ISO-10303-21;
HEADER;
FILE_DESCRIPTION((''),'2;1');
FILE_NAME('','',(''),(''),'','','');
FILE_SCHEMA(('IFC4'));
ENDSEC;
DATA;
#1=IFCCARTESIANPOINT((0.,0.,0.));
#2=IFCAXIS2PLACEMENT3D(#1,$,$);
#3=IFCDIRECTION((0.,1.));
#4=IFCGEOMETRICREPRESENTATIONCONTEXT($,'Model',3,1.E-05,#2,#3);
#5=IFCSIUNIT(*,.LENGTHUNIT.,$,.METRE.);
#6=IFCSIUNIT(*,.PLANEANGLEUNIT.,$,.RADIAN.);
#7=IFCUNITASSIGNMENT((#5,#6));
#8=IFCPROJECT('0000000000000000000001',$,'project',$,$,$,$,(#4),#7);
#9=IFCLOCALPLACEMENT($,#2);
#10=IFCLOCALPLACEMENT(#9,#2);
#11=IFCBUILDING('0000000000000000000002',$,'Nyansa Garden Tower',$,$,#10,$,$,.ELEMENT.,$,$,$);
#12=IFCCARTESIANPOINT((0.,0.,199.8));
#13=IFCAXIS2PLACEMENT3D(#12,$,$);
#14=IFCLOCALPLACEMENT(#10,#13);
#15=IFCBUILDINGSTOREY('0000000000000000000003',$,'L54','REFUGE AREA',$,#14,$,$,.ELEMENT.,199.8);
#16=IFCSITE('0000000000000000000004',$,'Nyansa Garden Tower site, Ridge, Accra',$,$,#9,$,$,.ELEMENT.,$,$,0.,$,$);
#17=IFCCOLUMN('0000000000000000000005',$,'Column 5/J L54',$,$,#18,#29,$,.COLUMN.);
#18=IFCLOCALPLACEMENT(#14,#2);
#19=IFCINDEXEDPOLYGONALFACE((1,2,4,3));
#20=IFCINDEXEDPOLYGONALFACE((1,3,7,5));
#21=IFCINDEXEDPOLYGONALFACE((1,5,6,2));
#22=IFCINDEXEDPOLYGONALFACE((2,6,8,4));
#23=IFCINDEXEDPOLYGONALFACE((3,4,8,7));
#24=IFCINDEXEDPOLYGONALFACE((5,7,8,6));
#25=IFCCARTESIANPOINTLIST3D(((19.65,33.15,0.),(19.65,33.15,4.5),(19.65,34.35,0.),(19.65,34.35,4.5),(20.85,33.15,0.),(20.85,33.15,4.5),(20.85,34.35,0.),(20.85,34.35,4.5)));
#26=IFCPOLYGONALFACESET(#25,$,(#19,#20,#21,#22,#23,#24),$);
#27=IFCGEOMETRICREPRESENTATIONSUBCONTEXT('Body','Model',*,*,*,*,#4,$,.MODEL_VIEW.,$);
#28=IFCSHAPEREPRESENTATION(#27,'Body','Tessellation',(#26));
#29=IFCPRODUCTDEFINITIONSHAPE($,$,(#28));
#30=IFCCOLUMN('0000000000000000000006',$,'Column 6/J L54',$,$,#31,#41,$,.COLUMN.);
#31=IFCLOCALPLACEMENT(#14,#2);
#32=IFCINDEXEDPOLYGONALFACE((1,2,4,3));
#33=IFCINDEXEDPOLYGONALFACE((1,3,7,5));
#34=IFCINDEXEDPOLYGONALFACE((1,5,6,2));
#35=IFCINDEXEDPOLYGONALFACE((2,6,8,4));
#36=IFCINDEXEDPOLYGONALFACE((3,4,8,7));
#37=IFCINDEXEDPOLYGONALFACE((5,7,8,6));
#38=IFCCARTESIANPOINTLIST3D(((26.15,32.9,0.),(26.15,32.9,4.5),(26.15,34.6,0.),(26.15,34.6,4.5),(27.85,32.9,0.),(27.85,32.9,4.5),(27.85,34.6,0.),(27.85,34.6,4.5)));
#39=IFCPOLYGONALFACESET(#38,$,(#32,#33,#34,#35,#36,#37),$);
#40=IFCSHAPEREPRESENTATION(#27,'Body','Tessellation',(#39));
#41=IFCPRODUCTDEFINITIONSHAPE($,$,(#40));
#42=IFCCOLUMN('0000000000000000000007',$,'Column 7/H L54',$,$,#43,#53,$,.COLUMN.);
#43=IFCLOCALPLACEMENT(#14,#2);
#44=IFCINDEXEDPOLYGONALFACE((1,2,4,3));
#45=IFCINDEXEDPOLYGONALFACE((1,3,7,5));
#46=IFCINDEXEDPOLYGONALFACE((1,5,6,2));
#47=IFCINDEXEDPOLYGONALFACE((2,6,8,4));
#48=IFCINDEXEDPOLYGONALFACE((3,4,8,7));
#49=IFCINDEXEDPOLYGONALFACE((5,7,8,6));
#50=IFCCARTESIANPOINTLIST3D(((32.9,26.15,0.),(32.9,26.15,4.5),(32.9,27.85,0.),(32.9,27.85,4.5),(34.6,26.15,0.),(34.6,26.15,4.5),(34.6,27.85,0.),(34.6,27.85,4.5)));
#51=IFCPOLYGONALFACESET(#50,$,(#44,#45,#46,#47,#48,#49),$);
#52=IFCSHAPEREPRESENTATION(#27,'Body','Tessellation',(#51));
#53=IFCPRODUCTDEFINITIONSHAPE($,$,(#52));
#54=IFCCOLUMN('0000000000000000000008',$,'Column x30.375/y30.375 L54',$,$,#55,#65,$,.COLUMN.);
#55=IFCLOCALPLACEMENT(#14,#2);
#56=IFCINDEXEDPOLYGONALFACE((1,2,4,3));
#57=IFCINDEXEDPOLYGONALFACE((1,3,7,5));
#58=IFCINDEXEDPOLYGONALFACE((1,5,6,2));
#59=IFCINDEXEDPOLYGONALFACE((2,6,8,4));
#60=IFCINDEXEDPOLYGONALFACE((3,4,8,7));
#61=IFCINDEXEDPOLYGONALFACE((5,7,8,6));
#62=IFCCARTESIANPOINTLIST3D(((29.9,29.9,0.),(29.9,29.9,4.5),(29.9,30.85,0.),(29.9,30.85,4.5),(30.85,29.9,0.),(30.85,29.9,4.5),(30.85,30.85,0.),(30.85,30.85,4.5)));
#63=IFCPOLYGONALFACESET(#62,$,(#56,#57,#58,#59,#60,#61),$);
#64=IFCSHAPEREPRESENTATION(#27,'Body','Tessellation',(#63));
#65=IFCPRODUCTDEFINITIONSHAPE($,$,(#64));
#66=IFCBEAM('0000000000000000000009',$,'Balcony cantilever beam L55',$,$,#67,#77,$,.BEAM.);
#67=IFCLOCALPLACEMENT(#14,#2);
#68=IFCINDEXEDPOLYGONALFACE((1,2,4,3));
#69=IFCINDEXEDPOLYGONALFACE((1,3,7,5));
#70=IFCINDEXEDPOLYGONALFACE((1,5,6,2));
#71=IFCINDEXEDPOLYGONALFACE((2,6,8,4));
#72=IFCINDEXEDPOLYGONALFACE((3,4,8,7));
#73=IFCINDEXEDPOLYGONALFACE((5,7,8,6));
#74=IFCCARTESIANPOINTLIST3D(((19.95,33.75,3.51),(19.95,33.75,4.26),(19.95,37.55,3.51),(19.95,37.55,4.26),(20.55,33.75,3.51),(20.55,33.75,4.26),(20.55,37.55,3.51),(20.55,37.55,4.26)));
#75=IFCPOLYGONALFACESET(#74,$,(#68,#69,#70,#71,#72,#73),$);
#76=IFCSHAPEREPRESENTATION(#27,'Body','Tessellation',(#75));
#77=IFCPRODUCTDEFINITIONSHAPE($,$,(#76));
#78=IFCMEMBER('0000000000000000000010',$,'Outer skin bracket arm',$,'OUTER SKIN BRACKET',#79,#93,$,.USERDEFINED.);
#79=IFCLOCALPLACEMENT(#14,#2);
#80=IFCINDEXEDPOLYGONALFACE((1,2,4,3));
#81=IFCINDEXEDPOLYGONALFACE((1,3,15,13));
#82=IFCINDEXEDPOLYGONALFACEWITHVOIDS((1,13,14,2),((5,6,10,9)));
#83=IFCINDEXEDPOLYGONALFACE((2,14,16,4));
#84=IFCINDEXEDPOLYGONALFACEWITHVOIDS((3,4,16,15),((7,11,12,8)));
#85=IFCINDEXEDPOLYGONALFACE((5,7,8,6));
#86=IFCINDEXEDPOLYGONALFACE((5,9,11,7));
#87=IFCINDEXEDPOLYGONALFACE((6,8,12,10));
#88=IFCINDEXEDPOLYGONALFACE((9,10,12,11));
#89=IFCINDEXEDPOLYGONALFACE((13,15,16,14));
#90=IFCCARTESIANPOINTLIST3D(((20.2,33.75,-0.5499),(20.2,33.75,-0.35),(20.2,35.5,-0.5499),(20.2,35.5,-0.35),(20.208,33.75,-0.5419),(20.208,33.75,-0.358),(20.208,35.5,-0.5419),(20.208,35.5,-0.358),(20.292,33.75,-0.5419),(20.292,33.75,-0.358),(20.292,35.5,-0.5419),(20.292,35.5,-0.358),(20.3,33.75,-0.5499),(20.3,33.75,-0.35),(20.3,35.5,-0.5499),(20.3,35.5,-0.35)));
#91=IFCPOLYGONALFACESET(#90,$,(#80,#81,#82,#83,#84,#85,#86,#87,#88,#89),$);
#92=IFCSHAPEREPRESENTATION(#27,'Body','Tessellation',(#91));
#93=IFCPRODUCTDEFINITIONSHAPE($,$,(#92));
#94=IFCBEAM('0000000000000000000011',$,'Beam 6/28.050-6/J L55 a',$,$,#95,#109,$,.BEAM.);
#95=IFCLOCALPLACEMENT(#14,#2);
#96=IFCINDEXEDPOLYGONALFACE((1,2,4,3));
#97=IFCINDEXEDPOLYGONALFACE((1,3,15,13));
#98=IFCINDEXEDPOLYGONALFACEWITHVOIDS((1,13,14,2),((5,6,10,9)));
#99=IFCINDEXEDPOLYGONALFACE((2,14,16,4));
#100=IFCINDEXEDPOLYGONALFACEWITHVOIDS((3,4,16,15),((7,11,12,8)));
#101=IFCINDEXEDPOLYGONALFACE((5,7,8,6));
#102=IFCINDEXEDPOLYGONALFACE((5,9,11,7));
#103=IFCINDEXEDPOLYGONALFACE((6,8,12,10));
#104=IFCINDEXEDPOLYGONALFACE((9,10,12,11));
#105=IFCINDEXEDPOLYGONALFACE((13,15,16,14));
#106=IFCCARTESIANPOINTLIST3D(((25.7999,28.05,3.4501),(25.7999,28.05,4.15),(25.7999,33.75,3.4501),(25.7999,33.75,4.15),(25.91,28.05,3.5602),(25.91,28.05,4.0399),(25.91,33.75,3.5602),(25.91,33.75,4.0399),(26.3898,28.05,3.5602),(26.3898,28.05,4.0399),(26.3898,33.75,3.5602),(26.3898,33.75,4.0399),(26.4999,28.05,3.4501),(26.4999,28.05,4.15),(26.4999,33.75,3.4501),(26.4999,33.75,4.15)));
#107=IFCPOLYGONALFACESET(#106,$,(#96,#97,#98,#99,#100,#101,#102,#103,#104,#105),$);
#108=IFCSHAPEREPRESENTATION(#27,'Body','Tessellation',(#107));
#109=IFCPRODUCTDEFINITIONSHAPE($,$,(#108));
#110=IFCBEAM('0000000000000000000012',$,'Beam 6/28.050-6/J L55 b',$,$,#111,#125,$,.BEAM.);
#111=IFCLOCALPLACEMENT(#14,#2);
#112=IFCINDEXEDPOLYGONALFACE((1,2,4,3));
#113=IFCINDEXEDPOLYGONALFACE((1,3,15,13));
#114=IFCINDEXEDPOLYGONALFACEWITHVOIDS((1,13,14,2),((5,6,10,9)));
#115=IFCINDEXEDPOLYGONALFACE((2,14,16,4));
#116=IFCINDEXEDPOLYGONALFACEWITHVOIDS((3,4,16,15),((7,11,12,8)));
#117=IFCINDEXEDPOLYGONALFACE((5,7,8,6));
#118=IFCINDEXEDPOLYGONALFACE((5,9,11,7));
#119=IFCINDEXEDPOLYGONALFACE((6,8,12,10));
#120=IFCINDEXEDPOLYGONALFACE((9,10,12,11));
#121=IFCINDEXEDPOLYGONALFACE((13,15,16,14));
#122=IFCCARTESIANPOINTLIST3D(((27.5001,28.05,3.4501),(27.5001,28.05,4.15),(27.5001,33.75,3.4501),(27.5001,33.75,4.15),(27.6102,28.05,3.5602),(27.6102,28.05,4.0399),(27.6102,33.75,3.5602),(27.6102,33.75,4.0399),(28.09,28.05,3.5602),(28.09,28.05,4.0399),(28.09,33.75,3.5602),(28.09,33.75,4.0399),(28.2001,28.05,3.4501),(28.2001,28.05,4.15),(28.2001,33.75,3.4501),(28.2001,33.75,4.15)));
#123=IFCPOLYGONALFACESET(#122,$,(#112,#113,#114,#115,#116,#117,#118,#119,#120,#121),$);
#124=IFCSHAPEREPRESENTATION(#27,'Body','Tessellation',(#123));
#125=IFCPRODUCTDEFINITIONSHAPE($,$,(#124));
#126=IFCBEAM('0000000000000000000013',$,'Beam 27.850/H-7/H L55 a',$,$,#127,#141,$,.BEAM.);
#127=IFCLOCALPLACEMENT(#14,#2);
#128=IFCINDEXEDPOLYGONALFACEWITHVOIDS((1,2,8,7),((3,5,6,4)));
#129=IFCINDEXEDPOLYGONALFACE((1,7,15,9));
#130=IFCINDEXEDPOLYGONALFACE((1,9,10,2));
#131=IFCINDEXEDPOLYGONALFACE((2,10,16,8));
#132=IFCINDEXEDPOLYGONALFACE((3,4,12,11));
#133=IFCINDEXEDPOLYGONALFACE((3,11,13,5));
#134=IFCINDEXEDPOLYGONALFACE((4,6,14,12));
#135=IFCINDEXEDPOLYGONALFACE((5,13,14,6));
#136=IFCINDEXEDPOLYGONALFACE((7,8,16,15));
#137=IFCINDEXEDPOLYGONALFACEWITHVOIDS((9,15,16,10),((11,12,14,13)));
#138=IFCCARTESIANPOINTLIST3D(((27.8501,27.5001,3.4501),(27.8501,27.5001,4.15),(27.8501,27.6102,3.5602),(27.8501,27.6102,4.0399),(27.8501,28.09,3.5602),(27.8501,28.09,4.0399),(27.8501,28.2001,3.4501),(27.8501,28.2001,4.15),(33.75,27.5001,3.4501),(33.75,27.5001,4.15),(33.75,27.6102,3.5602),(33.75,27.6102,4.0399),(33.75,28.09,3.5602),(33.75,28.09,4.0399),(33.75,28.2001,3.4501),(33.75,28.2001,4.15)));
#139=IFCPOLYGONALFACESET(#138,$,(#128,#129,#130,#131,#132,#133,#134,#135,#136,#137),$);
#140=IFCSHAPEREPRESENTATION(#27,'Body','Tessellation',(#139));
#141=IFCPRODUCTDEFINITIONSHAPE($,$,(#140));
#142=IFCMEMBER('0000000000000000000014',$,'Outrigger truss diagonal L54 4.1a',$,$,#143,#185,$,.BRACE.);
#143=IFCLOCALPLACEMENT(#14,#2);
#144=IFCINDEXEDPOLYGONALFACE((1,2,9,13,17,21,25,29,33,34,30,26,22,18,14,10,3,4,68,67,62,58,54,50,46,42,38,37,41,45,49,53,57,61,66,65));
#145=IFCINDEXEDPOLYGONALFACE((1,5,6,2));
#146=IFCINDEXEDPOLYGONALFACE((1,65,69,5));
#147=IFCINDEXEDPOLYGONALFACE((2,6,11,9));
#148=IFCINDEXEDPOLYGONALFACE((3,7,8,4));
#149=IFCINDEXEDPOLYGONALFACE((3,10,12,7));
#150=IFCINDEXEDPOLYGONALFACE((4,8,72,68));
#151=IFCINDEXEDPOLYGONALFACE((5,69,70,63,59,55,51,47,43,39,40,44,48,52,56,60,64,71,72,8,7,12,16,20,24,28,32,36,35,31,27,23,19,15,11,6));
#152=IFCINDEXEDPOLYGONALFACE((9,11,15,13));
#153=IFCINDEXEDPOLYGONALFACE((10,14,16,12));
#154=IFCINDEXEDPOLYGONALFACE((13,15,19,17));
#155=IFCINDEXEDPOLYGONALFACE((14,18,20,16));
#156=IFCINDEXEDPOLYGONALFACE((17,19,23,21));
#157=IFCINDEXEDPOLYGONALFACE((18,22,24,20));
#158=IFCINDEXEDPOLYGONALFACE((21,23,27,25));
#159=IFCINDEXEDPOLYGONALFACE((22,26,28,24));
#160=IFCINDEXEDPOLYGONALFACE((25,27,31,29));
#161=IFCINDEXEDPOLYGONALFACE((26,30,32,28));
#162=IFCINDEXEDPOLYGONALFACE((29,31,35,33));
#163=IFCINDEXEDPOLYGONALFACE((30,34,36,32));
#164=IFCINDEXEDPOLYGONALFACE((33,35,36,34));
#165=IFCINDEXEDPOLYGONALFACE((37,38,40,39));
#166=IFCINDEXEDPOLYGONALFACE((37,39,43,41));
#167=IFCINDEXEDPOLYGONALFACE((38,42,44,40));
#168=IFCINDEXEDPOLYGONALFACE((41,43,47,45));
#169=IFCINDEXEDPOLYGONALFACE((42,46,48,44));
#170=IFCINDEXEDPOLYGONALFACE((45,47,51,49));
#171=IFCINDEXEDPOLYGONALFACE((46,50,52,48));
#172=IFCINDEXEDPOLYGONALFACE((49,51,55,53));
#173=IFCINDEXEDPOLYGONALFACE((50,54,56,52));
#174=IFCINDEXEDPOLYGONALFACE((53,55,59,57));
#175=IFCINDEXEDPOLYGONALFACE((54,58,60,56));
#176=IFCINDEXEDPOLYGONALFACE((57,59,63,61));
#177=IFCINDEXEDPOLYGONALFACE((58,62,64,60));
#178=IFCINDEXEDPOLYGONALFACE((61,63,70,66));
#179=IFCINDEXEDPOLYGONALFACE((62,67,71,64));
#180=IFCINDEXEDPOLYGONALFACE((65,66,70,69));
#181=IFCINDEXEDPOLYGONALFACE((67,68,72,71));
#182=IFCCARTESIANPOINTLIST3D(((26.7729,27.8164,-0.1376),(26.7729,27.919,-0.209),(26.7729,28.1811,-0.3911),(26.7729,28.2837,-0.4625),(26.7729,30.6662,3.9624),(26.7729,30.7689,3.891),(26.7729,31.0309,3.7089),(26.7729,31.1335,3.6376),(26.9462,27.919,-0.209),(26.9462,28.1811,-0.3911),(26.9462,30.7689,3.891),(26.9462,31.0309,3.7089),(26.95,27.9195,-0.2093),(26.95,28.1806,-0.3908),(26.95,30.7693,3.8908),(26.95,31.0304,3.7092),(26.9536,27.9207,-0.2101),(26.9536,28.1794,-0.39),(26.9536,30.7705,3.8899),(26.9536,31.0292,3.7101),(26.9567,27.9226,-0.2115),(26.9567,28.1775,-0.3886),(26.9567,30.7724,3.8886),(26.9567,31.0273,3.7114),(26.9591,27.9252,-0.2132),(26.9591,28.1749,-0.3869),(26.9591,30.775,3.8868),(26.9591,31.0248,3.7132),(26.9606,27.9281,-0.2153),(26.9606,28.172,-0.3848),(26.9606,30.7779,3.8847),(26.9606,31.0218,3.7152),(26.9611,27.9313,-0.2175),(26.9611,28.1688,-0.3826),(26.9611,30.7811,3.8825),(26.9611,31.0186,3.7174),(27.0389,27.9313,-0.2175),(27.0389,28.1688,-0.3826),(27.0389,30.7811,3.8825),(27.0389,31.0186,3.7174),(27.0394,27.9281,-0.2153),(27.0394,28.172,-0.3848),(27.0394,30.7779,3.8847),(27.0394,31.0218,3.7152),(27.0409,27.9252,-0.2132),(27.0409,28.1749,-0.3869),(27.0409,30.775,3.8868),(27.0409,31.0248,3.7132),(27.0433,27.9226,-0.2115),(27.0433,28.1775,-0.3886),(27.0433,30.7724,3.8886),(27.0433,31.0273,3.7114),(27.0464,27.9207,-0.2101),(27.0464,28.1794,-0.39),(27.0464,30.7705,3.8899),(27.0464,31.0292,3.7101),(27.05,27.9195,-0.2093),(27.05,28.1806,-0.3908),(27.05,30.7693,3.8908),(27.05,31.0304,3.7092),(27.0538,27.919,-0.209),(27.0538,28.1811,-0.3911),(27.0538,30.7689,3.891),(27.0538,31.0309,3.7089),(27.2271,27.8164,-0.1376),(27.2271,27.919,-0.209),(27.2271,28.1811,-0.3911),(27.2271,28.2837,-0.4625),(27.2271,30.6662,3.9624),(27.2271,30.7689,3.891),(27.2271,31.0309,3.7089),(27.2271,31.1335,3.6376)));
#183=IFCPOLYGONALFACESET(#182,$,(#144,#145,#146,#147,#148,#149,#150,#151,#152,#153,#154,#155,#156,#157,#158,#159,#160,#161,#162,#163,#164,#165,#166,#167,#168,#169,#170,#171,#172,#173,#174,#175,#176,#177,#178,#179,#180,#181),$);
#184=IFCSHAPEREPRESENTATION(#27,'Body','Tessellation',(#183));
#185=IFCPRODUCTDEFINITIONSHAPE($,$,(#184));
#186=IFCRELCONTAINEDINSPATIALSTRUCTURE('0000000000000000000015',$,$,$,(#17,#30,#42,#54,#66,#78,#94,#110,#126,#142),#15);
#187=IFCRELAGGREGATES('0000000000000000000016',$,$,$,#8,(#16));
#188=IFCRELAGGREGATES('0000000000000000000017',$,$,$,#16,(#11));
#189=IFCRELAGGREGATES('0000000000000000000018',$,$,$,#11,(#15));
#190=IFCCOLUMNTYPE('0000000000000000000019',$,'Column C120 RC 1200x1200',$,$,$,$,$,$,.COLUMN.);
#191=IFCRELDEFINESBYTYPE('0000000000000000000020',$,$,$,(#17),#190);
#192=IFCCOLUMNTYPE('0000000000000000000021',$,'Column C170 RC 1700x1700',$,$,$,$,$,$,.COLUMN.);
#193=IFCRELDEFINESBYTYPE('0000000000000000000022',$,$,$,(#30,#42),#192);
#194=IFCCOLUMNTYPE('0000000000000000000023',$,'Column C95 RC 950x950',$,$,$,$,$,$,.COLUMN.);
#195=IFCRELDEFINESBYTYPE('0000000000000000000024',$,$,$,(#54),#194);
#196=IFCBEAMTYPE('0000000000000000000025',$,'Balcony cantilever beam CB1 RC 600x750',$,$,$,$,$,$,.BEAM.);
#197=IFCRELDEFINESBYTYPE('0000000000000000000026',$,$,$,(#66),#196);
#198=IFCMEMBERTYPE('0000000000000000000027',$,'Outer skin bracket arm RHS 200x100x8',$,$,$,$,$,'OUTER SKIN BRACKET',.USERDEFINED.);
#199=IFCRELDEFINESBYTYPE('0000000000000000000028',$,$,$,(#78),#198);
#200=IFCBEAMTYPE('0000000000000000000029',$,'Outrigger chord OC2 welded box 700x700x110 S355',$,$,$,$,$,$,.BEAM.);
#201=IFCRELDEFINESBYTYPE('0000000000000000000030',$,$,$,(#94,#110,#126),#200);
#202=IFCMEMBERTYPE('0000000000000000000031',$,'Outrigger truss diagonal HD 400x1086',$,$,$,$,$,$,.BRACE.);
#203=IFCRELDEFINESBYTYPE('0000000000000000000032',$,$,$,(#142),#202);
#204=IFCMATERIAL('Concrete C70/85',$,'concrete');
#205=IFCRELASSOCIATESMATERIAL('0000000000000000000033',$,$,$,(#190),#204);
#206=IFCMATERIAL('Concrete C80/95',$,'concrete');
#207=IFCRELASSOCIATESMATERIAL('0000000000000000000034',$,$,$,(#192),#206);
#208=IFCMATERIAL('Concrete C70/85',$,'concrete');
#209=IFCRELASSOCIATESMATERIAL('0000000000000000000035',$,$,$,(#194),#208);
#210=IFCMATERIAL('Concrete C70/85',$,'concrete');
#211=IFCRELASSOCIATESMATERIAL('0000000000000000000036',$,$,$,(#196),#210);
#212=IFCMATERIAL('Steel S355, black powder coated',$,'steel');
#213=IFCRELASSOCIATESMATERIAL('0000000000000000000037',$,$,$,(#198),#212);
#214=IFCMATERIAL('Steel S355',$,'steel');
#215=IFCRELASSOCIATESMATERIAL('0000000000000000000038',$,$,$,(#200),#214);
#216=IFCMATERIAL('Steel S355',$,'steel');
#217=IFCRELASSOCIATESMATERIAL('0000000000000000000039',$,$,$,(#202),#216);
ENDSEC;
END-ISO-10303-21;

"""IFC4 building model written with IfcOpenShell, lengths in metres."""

from ifc_helpers import new_model, si_unit, direction, frame, origin, origin_2d, place, context, subcontext, project, spatial, rectangle, hollow_rectangle, i_section, extrude, material, material_profile, profile_set, type_object, element, save


model = new_model("IFC4")

# Units and contexts
model_context = context("Model", 3, precision=1e-05, world=origin(), true_north=direction((0.0, 1.0)))
body_context = subcontext(model_context, "Body", "Model", "MODEL_VIEW")
ifc_project = project(units=[si_unit("LENGTHUNIT", "METRE"), si_unit("PLANEANGLEUNIT", "RADIAN")], contexts=[model_context])

# Site, building, storey
site_placement = place(None, origin())
site = spatial("IfcSite", under=ifc_project, at=site_placement, Name="Nyansa Garden Tower site, Ridge, Accra", CompositionType="ELEMENT", RefElevation=0.0)
building_placement = place(site_placement, origin())
building = spatial("IfcBuilding", under=site, at=building_placement, Name="Nyansa Garden Tower", CompositionType="ELEMENT")
storey_placement = place(building_placement, frame((0.0, 0.0, 199.8)))
storey = spatial("IfcBuildingStorey", under=building, at=storey_placement, Name="L54", Description="REFUGE AREA", CompositionType="ELEMENT", Elevation=199.8)

# Columns
ifc_material_1 = material(Name="Concrete C70/85", Category="concrete")
ifc_material_profile_1 = material_profile(ifc_material_1, rectangle(XDim=1.2, YDim=1.2, at=origin_2d()), Name="RC 1200x1200")
ifc_profile_set_1 = profile_set([ifc_material_profile_1], Name="Concrete C70/85")
column_type_1 = type_object("IfcColumnType", Name="Column C120 RC 1200x1200", PredefinedType="COLUMN", material=ifc_profile_set_1)
column_1_placement = place(storey_placement, frame((20.25, 33.75, 0.0), z_axis=(0.0, 0.0, 1.0), x_axis=(1.0, 0.0, 0.0)))
element("IfcColumn", 1, at=column_1_placement, inside=storey, type_object=column_type_1, Name="Column 5/J L54", PredefinedType="COLUMN", context=body_context, shape_type="SweptSolid", body=[
    extrude(rectangle(XDim=1.2, YDim=1.2, at=origin_2d()), origin(), (0.0, 0.0, 1.0), 4.5),
])
ifc_material_2 = material(Name="Concrete C80/95", Category="concrete")
ifc_material_profile_2 = material_profile(ifc_material_2, rectangle(XDim=1.7, YDim=1.7, at=origin_2d()), Name="RC 1700x1700")
ifc_profile_set_2 = profile_set([ifc_material_profile_2], Name="Concrete C80/95")
column_type_2 = type_object("IfcColumnType", Name="Column C170 RC 1700x1700", PredefinedType="COLUMN", material=ifc_profile_set_2)
for number, where, z_axis, x_axis, name in (
    (2, (27.0, 33.75, 0.0), (0.0, 0.0, 1.0), (1.0, 0.0, 0.0), "Column 6/J L54"),
    (3, (33.75, 27.0, 0.0), (0.0, 0.0, 1.0), (1.0, 0.0, 0.0), "Column 7/H L54"),
):
    element("IfcColumn", number, at=place(storey_placement, frame(where, z_axis=z_axis, x_axis=x_axis)), inside=storey, type_object=column_type_2, Name=name, PredefinedType="COLUMN", context=body_context, shape_type="SweptSolid", body=[
        extrude(rectangle(XDim=1.7, YDim=1.7, at=origin_2d()), origin(), (0.0, 0.0, 1.0), 4.5),
    ])
ifc_material_3 = material(Name="Concrete C70/85", Category="concrete")
ifc_material_profile_3 = material_profile(ifc_material_3, rectangle(XDim=0.95, YDim=0.95, at=origin_2d()), Name="RC 950x950")
ifc_profile_set_3 = profile_set([ifc_material_profile_3], Name="Concrete C70/85")
column_type_3 = type_object("IfcColumnType", Name="Column C95 RC 950x950", PredefinedType="COLUMN", material=ifc_profile_set_3)
column_2_placement = place(storey_placement, frame((30.375, 30.375, 0.0), z_axis=(0.0, 0.0, 1.0), x_axis=(1.0, 0.0, 0.0)))
element("IfcColumn", 4, at=column_2_placement, inside=storey, type_object=column_type_3, Name="Column x30.375/y30.375 L54", PredefinedType="COLUMN", context=body_context, shape_type="SweptSolid", body=[
    extrude(rectangle(XDim=0.95, YDim=0.95, at=origin_2d()), origin(), (0.0, 0.0, 1.0), 4.5),
])

# Beam
ifc_material_4 = material(Name="Concrete C70/85", Category="concrete")
ifc_material_profile_4 = material_profile(ifc_material_4, rectangle(XDim=0.6001, YDim=0.75, at=origin_2d()), Name="RC 600x750")
ifc_profile_set_4 = profile_set([ifc_material_profile_4], Name="Concrete C70/85")
beam_type_1 = type_object("IfcBeamType", Name="Balcony cantilever beam CB1 RC 600x750", PredefinedType="BEAM", material=ifc_profile_set_4)
beam_1_placement = place(storey_placement, frame((20.25, 33.75, 3.885), z_axis=(0.0, 1.0, 0.0), x_axis=(-1.0, 0.0, 0.0)))
element("IfcBeam", 5, at=beam_1_placement, inside=storey, type_object=beam_type_1, Name="Balcony cantilever beam L55", PredefinedType="BEAM", context=body_context, shape_type="SweptSolid", body=[
    extrude(rectangle(XDim=0.6001, YDim=0.75, at=origin_2d()), origin(), (0.0, 0.0, 1.0), 3.8),
])

# Member
ifc_material_5 = material(Name="Steel S355, black powder coated", Category="steel")
ifc_material_profile_5 = material_profile(ifc_material_5, hollow_rectangle(XDim=0.1001, YDim=0.2, WallThickness=0.0081, at=origin_2d()), Name="RHS 200x100x8")
ifc_profile_set_5 = profile_set([ifc_material_profile_5], Name="Steel S355, black powder coated")
member_type_1 = type_object("IfcMemberType", Name="Outer skin bracket arm RHS 200x100x8", ElementType="OUTER SKIN BRACKET", PredefinedType="USERDEFINED", material=ifc_profile_set_5)
member_1_placement = place(storey_placement, frame((20.25, 33.75, -0.45), z_axis=(0.0, 1.0, 0.0), x_axis=(-1.0, 0.0, 0.0)))
element("IfcMember", 6, at=member_1_placement, inside=storey, type_object=member_type_1, Name="Outer skin bracket arm", ObjectType="OUTER SKIN BRACKET", PredefinedType="USERDEFINED", context=body_context, shape_type="SweptSolid", body=[
    extrude(hollow_rectangle(XDim=0.1001, YDim=0.2, WallThickness=0.0081, at=origin_2d()), origin(), (0.0, 0.0, 1.0), 1.75),
])

# Beams
ifc_material_6 = material(Name="Steel S355", Category="steel")
ifc_material_profile_6 = material_profile(ifc_material_6, hollow_rectangle(XDim=0.7, YDim=0.7, WallThickness=0.1101, at=origin_2d()), Name="Welded box 700x700x110")
ifc_profile_set_6 = profile_set([ifc_material_profile_6], Name="Steel S355")
beam_type_2 = type_object("IfcBeamType", Name="Outrigger chord OC2 welded box 700x700x110 S355", PredefinedType="BEAM", material=ifc_profile_set_6)
for number, where, z_axis, x_axis, name in (
    (7, (26.1499, 28.05, 3.8), (0.0, 1.0, 0.0), (-1.0, 0.0, 0.0), "Beam 6/28.050-6/J L55 a"),
    (8, (27.8501, 28.05, 3.8), (0.0, 1.0, 0.0), (-1.0, 0.0, 0.0), "Beam 6/28.050-6/J L55 b"),
):
    element("IfcBeam", number, at=place(storey_placement, frame(where, z_axis=z_axis, x_axis=x_axis)), inside=storey, type_object=beam_type_2, Name=name, PredefinedType="BEAM", context=body_context, shape_type="SweptSolid", body=[
        extrude(hollow_rectangle(XDim=0.7, YDim=0.7, WallThickness=0.1101, at=origin_2d()), origin(), (0.0, 0.0, 1.0), 5.7),
    ])
beam_2_placement = place(storey_placement, frame((27.8501, 27.8501, 3.8), z_axis=(1.0, 0.0, 0.0), x_axis=(0.0, 1.0, 0.0)))
element("IfcBeam", 9, at=beam_2_placement, inside=storey, type_object=beam_type_2, Name="Beam 27.850/H-7/H L55 a", PredefinedType="BEAM", context=body_context, shape_type="SweptSolid", body=[
    extrude(hollow_rectangle(XDim=0.7, YDim=0.7, WallThickness=0.1101, at=origin_2d()), origin(), (0.0, 0.0, 1.0), 5.8999),
])

# Member
ifc_material_7 = material(Name="Steel S355", Category="steel")
ifc_material_profile_7 = material_profile(ifc_material_7, i_section(OverallWidth=0.4541, OverallDepth=0.5691, WebThickness=0.0779, FlangeThickness=0.125, FilletRadius=0.0149, at=origin_2d()), Name="HD 400x1086")
ifc_profile_set_7 = profile_set([ifc_material_profile_7], Name="Steel S355")
member_type_2 = type_object("IfcMemberType", Name="Outrigger truss diagonal HD 400x1086", PredefinedType="BRACE", material=ifc_profile_set_7)
member_2_placement = place(storey_placement, frame((27.0, 28.05, -0.3), z_axis=(0.0, 0.570742, 0.821129), x_axis=(-1.0, 0.0, 0.0)))
element("IfcMember", 10, at=member_2_placement, inside=storey, type_object=member_type_2, Name="Outrigger truss diagonal L54 4.1a", PredefinedType="BRACE", context=body_context, shape_type="SweptSolid", body=[
    extrude(i_section(OverallWidth=0.4541, OverallDepth=0.5691, WebThickness=0.0779, FlangeThickness=0.125, FilletRadius=0.0149, at=origin_2d()), origin(), (0.0, 0.0, 1.0), 4.9932),
])

save(model, "model.ifc")
